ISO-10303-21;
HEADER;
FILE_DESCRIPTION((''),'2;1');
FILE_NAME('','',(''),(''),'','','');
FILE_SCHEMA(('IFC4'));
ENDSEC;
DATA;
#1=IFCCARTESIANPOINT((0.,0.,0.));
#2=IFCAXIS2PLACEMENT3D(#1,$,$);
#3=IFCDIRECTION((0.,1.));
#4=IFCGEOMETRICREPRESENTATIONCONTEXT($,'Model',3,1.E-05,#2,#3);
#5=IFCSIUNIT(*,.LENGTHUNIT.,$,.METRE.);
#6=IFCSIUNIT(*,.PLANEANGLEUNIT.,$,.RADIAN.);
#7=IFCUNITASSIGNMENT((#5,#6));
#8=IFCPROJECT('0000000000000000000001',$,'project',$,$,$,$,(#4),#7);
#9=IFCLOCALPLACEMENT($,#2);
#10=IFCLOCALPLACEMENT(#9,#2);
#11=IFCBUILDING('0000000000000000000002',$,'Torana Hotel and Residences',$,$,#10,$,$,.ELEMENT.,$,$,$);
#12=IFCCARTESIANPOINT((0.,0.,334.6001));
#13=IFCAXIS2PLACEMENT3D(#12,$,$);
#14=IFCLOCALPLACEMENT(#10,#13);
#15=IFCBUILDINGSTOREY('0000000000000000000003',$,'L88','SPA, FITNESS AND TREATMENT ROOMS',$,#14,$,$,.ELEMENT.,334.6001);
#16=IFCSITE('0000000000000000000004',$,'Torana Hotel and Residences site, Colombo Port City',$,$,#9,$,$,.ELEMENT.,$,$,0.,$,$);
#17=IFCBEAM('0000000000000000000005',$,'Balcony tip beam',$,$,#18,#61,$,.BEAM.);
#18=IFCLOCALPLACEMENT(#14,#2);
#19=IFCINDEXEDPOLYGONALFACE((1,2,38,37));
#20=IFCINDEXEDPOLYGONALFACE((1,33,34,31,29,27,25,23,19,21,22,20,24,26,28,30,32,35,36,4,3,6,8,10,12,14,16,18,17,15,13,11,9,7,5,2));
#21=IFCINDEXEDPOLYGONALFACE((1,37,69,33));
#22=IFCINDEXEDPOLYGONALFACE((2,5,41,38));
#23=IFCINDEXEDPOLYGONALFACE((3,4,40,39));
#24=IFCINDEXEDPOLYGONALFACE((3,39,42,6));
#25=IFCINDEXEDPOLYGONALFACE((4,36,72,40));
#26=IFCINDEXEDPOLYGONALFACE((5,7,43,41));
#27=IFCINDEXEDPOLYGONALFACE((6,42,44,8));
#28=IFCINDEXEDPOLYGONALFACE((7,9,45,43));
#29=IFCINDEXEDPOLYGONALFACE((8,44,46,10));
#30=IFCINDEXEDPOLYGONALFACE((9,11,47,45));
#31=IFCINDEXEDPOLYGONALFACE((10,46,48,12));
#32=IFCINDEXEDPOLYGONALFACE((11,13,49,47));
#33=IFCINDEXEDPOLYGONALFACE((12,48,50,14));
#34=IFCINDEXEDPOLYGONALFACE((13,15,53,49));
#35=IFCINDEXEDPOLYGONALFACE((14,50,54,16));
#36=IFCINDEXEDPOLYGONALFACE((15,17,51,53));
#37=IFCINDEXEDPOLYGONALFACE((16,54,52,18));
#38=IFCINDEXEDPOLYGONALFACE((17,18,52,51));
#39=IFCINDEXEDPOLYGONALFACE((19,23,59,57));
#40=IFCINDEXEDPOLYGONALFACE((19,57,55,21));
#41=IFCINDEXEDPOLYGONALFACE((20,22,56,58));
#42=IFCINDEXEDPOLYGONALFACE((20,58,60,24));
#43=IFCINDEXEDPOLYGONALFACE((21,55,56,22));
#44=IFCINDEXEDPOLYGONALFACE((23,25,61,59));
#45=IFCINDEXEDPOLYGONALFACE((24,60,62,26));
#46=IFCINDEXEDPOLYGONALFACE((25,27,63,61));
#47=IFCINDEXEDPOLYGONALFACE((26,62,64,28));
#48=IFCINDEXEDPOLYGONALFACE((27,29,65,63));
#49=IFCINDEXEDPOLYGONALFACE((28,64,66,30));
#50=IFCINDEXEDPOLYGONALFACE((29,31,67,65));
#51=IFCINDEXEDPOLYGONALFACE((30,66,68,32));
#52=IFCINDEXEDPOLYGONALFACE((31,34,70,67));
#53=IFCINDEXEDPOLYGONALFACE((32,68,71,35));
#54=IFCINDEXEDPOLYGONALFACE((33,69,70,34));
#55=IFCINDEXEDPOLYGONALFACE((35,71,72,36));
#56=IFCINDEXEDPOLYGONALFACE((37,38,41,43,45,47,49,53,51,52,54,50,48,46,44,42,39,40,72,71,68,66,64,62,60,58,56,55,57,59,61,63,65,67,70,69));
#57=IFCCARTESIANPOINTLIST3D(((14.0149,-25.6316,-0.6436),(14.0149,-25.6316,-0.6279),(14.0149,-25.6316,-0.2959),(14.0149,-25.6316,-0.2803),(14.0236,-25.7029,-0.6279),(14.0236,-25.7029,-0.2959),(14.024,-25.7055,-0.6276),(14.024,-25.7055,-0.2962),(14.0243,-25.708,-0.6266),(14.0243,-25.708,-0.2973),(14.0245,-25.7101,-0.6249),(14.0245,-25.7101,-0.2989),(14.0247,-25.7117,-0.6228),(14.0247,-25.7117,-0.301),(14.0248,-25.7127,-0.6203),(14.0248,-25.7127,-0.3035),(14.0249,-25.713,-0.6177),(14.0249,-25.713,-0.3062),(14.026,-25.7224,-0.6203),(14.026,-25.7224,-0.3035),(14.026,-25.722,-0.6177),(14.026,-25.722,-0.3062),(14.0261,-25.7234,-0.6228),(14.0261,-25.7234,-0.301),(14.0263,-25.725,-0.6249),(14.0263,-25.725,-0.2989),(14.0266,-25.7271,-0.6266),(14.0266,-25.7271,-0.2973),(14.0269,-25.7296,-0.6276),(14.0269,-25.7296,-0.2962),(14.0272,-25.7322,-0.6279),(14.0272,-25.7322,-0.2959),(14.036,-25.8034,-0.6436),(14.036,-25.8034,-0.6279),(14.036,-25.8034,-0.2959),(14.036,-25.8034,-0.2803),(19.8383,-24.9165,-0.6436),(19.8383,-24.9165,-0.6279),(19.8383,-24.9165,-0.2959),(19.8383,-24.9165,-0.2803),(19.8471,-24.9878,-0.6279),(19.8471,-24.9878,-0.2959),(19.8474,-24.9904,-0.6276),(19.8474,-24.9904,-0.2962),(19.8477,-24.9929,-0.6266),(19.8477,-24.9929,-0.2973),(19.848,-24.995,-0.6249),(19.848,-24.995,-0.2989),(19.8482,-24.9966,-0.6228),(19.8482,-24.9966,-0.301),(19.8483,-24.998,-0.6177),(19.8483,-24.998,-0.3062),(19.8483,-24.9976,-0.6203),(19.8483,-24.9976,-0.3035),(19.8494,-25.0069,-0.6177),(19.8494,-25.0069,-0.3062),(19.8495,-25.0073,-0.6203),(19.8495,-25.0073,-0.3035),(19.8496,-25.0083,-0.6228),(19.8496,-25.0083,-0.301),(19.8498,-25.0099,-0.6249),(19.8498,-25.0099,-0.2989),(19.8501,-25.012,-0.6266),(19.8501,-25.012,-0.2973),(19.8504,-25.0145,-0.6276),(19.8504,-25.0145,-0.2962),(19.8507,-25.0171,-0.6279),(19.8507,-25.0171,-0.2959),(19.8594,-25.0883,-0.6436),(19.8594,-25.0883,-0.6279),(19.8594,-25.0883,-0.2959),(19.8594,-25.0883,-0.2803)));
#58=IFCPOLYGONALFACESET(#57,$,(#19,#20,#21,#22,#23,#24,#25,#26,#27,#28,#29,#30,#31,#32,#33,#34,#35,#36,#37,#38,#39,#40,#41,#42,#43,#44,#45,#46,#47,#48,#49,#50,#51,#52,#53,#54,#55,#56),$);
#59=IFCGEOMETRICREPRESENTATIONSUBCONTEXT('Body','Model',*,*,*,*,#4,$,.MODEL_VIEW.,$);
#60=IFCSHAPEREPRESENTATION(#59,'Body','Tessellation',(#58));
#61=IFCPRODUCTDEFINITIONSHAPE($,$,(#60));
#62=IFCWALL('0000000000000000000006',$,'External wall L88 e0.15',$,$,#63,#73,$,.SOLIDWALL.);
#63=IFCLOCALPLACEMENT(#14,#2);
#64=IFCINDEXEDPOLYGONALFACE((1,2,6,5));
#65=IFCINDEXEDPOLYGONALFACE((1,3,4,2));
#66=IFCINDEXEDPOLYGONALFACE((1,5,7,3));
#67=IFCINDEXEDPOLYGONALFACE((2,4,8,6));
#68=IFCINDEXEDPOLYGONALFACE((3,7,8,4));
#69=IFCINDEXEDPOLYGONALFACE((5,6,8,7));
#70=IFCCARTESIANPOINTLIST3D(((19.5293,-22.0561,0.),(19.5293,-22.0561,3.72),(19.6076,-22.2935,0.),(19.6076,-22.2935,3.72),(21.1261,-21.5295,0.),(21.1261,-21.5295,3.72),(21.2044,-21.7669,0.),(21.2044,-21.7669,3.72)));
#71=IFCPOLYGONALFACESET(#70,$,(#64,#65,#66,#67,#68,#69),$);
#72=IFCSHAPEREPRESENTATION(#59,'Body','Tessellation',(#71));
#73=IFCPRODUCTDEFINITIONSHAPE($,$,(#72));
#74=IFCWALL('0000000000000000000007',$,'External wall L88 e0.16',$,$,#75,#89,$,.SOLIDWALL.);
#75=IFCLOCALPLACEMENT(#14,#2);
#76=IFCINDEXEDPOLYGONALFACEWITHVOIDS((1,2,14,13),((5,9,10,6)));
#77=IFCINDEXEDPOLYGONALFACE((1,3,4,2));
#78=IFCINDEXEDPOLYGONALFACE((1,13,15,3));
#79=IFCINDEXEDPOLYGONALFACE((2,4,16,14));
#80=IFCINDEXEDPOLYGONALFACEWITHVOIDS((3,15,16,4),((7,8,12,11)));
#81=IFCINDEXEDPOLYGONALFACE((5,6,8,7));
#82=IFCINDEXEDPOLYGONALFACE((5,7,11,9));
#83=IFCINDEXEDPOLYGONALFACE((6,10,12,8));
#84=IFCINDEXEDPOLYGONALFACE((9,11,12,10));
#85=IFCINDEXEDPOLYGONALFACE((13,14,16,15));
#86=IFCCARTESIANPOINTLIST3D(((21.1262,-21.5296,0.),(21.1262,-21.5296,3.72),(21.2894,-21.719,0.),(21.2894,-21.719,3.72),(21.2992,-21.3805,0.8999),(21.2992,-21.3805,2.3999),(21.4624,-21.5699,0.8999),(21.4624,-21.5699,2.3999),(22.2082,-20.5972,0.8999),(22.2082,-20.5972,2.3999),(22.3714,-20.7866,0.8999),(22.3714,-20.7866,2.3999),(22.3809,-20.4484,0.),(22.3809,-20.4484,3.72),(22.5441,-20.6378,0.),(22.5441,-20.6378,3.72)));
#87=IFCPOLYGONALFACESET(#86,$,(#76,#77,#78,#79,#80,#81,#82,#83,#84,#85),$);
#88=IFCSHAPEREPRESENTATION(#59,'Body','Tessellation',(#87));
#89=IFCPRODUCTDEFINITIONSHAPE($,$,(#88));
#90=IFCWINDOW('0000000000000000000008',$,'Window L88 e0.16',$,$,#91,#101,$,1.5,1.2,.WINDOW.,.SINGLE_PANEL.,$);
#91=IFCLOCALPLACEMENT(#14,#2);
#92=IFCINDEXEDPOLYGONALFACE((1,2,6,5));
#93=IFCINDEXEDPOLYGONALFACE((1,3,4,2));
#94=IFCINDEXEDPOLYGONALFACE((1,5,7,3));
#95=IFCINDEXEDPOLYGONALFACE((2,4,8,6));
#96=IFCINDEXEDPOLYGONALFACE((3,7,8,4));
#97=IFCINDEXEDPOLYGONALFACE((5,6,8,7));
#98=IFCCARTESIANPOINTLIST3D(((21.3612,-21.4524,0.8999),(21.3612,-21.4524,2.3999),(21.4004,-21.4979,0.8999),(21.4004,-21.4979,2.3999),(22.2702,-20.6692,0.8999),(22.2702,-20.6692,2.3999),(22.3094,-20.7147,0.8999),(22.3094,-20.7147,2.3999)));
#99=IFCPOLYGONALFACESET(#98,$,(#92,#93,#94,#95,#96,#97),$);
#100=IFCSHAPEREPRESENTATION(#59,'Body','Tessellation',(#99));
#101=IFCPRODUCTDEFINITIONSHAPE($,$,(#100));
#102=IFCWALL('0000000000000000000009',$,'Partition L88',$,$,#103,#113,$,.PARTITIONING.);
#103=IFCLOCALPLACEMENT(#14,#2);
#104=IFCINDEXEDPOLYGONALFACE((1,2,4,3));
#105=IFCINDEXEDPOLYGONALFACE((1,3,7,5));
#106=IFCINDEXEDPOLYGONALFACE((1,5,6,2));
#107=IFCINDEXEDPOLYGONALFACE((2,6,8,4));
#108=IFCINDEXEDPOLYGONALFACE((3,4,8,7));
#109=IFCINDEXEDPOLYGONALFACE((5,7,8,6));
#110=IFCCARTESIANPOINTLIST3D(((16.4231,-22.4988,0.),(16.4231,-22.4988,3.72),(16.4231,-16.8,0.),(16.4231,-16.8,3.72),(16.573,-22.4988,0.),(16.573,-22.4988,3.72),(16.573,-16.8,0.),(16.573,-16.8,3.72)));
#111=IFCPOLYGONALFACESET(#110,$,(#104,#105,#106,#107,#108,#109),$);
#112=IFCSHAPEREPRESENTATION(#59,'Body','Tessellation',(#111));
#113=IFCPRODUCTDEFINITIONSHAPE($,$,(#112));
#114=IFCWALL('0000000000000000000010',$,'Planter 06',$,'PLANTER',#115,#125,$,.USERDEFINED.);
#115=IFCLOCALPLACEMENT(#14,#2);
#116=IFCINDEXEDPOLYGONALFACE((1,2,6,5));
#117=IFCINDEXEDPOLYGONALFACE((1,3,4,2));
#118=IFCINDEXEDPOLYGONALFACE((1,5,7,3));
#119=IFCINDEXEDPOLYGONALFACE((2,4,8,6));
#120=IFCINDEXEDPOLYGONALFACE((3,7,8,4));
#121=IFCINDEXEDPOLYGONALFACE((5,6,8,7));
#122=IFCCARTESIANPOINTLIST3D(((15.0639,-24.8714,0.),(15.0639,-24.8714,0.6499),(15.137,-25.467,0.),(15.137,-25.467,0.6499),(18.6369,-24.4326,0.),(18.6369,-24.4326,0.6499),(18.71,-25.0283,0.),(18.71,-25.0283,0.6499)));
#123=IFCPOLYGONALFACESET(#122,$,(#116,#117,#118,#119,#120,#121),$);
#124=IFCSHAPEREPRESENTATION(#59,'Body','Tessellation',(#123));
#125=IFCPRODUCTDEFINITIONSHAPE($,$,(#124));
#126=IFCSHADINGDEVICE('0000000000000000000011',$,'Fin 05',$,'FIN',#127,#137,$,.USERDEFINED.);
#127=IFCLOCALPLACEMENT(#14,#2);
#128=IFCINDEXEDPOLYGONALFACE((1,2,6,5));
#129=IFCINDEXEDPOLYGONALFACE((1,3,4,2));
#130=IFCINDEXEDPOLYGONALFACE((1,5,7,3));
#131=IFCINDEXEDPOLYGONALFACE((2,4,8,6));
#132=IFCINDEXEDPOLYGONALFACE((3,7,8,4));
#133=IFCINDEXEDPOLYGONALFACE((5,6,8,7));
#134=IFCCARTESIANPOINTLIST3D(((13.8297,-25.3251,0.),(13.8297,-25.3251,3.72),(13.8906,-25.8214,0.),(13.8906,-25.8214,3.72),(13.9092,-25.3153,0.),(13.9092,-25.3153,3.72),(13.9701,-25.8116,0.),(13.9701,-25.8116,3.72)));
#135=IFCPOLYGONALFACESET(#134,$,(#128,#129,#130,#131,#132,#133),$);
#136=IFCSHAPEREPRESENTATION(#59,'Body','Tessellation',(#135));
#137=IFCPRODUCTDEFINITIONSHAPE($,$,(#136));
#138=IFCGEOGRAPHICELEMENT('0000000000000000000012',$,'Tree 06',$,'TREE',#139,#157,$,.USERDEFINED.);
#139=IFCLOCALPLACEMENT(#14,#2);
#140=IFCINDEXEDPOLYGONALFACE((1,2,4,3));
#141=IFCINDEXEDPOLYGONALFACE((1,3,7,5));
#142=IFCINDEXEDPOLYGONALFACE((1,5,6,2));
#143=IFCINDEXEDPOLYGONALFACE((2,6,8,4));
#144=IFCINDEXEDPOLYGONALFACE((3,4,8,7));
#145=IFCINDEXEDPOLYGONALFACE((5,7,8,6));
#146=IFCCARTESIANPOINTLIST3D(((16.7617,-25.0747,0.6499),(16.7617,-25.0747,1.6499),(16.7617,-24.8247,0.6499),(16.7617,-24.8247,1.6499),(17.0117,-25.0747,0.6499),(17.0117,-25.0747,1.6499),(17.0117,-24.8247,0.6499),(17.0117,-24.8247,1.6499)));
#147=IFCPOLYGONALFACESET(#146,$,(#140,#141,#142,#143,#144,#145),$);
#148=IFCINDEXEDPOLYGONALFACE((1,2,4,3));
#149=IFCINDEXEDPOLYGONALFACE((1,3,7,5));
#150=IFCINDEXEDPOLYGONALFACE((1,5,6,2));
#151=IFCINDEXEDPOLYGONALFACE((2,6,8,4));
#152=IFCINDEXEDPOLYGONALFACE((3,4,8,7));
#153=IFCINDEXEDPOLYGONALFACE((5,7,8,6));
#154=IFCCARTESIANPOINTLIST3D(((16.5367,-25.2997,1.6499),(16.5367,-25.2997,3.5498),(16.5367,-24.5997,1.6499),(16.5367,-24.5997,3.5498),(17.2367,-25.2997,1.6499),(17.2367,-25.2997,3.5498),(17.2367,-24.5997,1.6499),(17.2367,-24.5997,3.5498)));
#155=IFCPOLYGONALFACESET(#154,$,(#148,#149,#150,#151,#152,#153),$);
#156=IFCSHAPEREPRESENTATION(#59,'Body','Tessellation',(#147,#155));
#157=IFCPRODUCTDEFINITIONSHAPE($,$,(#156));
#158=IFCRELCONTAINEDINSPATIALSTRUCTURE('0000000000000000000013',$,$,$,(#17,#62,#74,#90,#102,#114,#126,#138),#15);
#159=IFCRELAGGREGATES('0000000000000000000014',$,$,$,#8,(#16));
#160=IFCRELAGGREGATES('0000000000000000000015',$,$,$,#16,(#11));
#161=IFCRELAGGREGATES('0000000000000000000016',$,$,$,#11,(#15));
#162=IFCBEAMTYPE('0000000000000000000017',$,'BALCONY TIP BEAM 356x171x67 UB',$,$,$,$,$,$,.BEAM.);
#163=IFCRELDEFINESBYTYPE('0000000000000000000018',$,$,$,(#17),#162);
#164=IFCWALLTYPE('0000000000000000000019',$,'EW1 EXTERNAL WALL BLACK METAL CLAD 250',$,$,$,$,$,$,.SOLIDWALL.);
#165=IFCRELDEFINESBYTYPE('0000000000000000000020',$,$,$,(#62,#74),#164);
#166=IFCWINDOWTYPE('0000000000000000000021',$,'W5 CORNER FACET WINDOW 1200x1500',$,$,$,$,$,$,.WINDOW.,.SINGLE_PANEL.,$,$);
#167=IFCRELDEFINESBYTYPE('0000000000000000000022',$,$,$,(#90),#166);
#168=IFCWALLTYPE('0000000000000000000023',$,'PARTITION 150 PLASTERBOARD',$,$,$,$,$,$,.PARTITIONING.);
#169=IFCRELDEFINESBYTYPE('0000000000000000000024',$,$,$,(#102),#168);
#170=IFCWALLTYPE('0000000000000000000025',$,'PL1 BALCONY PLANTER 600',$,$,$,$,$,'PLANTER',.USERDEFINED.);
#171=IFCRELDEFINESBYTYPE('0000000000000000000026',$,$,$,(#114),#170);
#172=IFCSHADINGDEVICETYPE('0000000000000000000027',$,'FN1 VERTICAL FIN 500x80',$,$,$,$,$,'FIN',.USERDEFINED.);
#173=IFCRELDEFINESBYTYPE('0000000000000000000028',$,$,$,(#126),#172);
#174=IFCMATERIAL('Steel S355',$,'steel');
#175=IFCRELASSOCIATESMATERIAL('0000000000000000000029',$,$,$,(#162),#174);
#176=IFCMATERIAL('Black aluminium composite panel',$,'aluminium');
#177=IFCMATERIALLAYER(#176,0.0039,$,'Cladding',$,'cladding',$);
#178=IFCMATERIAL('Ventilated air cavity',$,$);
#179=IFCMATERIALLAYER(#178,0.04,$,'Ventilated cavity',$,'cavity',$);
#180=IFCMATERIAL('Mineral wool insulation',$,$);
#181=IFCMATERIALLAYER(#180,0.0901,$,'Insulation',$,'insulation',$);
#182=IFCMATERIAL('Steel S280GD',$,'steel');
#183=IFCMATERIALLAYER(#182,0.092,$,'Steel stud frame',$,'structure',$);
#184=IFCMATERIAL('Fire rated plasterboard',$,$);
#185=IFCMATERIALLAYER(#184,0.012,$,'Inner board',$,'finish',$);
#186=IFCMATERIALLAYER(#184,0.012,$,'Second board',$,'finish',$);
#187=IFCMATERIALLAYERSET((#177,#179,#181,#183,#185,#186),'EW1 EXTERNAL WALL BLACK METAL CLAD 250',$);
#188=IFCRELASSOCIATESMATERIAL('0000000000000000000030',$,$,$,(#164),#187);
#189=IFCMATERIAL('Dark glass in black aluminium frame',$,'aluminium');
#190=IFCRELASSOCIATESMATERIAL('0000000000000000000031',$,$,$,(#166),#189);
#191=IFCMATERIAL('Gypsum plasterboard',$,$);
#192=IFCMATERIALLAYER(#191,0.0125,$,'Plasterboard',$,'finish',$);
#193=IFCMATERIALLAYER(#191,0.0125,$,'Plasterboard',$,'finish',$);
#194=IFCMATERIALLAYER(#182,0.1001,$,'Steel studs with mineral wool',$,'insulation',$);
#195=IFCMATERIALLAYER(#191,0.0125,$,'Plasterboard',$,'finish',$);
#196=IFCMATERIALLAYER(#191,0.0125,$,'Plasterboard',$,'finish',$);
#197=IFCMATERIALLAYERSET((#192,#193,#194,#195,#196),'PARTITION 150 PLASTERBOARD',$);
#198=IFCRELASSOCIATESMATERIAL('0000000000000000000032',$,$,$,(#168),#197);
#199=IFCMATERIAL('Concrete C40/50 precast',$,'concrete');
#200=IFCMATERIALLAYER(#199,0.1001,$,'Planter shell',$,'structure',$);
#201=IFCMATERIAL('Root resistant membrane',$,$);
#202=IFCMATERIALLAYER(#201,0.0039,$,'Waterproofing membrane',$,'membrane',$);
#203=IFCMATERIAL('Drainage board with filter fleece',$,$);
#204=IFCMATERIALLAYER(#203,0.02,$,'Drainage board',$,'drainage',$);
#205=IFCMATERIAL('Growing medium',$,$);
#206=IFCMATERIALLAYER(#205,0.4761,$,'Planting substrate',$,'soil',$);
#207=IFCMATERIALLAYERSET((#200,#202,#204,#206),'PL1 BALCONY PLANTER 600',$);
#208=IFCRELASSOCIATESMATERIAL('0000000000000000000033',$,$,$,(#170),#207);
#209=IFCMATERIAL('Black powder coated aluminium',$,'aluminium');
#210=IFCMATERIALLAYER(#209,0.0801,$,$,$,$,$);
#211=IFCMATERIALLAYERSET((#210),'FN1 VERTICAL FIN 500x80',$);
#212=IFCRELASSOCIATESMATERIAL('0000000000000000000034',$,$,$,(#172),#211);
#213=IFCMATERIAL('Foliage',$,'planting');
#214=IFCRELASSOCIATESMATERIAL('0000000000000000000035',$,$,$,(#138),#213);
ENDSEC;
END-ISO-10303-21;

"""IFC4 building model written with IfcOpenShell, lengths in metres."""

from ifc_helpers import new_model, si_unit, direction, frame, frame_2d, origin, origin_2d, place, context, subcontext, project, spatial, rectangle, i_section, extrude, material, layer, layer_set, material_profile, profile_set, type_object, element, fill, save


model = new_model("IFC4")

# Units and contexts
model_context = context("Model", 3, precision=1e-05, world=origin(), true_north=direction((0.0, 1.0)))
body_context = subcontext(model_context, "Body", "Model", "MODEL_VIEW")
ifc_project = project(units=[si_unit("LENGTHUNIT", "METRE"), si_unit("PLANEANGLEUNIT", "RADIAN")], contexts=[model_context])

# Site, building, storey
site_placement = place(None, origin())
site = spatial("IfcSite", under=ifc_project, at=site_placement, Name="Torana Hotel and Residences site, Colombo Port City", CompositionType="ELEMENT", RefElevation=0.0)
building_placement = place(site_placement, origin())
building = spatial("IfcBuilding", under=site, at=building_placement, Name="Torana Hotel and Residences", CompositionType="ELEMENT")
storey_placement = place(building_placement, frame((0.0, 0.0, 334.6001)))
storey = spatial("IfcBuildingStorey", under=building, at=storey_placement, Name="L88", Description="SPA, FITNESS AND TREATMENT ROOMS", CompositionType="ELEMENT", Elevation=334.6001)

# Beam
ifc_material_1 = material(Name="Steel S355", Category="steel")
ifc_material_profile_1 = material_profile(ifc_material_1, i_section(OverallWidth=0.1731, OverallDepth=0.3633, WebThickness=0.009, FlangeThickness=0.0156, FilletRadius=0.0103, at=origin_2d()), Name="356x171x67 UB")
ifc_profile_set_1 = profile_set([ifc_material_profile_1], Name="Steel S355")
beam_type_1 = type_object("IfcBeamType", Name="BALCONY TIP BEAM 356x171x67 UB", PredefinedType="BEAM", material=ifc_profile_set_1)
beam_1_placement = place(storey_placement, frame((19.8489, -25.0024, -0.4619), z_axis=(-0.992545, -0.121878, 0.0), x_axis=(0.121878, -0.992545, 0.0)))
element("IfcBeam", 1, at=beam_1_placement, inside=storey, type_object=beam_type_1, Name="Balcony tip beam", PredefinedType="BEAM", context=body_context, shape_type="SweptSolid", body=[
    extrude(i_section(OverallWidth=0.1731, OverallDepth=0.3633, WebThickness=0.009, FlangeThickness=0.0156, FilletRadius=0.0103, at=origin_2d()), origin(), (0.0, 0.0, 1.0), 5.8672),
])

# Wall
ifc_material_2 = material(Name="Black aluminium composite panel", Category="aluminium")
ifc_layer_1 = layer(ifc_material_2, 0.0039, Name="Cladding", Category="cladding")
ifc_material_3 = material(Name="Ventilated air cavity")
ifc_layer_2 = layer(ifc_material_3, 0.04, Name="Ventilated cavity", Category="cavity")
ifc_material_4 = material(Name="Mineral wool insulation")
ifc_layer_3 = layer(ifc_material_4, 0.0901, Name="Insulation", Category="insulation")
ifc_material_5 = material(Name="Steel S280GD", Category="steel")
ifc_layer_4 = layer(ifc_material_5, 0.092, Name="Steel stud frame", Category="structure")
ifc_material_6 = material(Name="Fire rated plasterboard")
ifc_layer_5 = layer(ifc_material_6, 0.012, Name="Inner board", Category="finish")
ifc_layer_6 = layer(ifc_material_6, 0.012, Name="Second board", Category="finish")
ifc_layer_set_1 = layer_set([ifc_layer_1, ifc_layer_2, ifc_layer_3, ifc_layer_4, ifc_layer_5, ifc_layer_6], Name="EW1 EXTERNAL WALL BLACK METAL CLAD 250")
wall_type_1 = type_object("IfcWallType", Name="EW1 EXTERNAL WALL BLACK METAL CLAD 250", PredefinedType="SOLIDWALL", material=ifc_layer_set_1)
wall_1_placement = place(storey_placement, frame((19.5684, -22.1748, 0.0), z_axis=(0.0, 0.0, 1.0), x_axis=(0.949695, 0.313177, 0.0)))
element("IfcWall", 2, at=wall_1_placement, inside=storey, type_object=wall_type_1, Name="External wall L88 e0.15", PredefinedType="SOLIDWALL", context=body_context, shape_type="SweptSolid", body=[
    extrude(rectangle(XDim=1.6814, YDim=0.25, at=frame_2d((0.8408, 0.0))), origin(), (0.0, 0.0, 1.0), 3.72),
])

# Wall, opening, window
wall_2_placement = place(storey_placement, frame((21.2078, -21.6243, 0.0), z_axis=(0.0, 0.0, 1.0), x_axis=(0.757568, 0.652756, 0.0)))
wall_2 = element("IfcWall", 3, at=wall_2_placement, inside=storey, type_object=wall_type_1, Name="External wall L88 e0.16", PredefinedType="SOLIDWALL", context=body_context, shape_type="SweptSolid", body=[
    extrude(rectangle(XDim=1.6562, YDim=0.25, at=frame_2d((0.8281, 0.0))), origin(), (0.0, 0.0, 1.0), 3.72),
])
opening_placement = place(wall_2_placement, frame((0.2283, 0.0, 0.8999)))
opening = element("IfcOpeningElement", 4, at=opening_placement, cuts=wall_2, PredefinedType="OPENING", context=body_context, shape_type="SweptSolid", body=[
    extrude(rectangle(XDim=1.2, YDim=1.5, at=frame_2d((0.6001, 0.75))), frame((0.0, 0.135, 0.0), z_axis=(0.0, -1.0, 0.0), x_axis=(1.0, 0.0, 0.0)), (0.0, 0.0, 1.0), 0.27),
])
ifc_material_7 = material(Name="Dark glass in black aluminium frame", Category="aluminium")
window_type = type_object("IfcWindowType", Name="W5 CORNER FACET WINDOW 1200x1500", PartitioningType="SINGLE_PANEL", PredefinedType="WINDOW", material=ifc_material_7)
window_placement = place(opening_placement, origin())
window = element("IfcWindow", 5, at=window_placement, inside=storey, type_object=window_type, Name="Window L88 e0.16", OverallHeight=1.5, OverallWidth=1.2, PartitioningType="SINGLE_PANEL", PredefinedType="WINDOW", context=body_context, shape_type="SweptSolid", body=[
    extrude(rectangle(XDim=1.2, YDim=1.5, at=frame_2d((0.6001, 0.75))), frame((0.0, 0.03, 0.0), z_axis=(0.0, -1.0, 0.0), x_axis=(1.0, 0.0, 0.0)), (0.0, 0.0, 1.0), 0.0601),
])
fill(opening, window)

# Walls
ifc_material_8 = material(Name="Gypsum plasterboard")
ifc_layer_7 = layer(ifc_material_8, 0.0125, Name="Plasterboard", Category="finish")
ifc_layer_8 = layer(ifc_material_8, 0.0125, Name="Plasterboard", Category="finish")
ifc_layer_9 = layer(ifc_material_5, 0.1001, Name="Steel studs with mineral wool", Category="insulation")
ifc_layer_10 = layer(ifc_material_8, 0.0125, Name="Plasterboard", Category="finish")
ifc_layer_11 = layer(ifc_material_8, 0.0125, Name="Plasterboard", Category="finish")
ifc_layer_set_2 = layer_set([ifc_layer_7, ifc_layer_8, ifc_layer_9, ifc_layer_10, ifc_layer_11], Name="PARTITION 150 PLASTERBOARD")
wall_type_2 = type_object("IfcWallType", Name="PARTITION 150 PLASTERBOARD", PredefinedType="PARTITIONING", material=ifc_layer_set_2)
wall_3_placement = place(storey_placement, frame((16.498, -22.4988, 0.0), z_axis=(0.0, 0.0, 1.0), x_axis=(0.0, 1.0, 0.0)))
element("IfcWall", 6, at=wall_3_placement, inside=storey, type_object=wall_type_2, Name="Partition L88", PredefinedType="PARTITIONING", context=body_context, shape_type="SweptSolid", body=[
    extrude(rectangle(XDim=5.6987, YDim=0.1499, at=frame_2d((2.8494, 0.0))), origin(), (0.0, 0.0, 1.0), 3.72),
])
ifc_material_9 = material(Name="Concrete C40/50 precast", Category="concrete")
ifc_layer_12 = layer(ifc_material_9, 0.1001, Name="Planter shell", Category="structure")
ifc_material_10 = material(Name="Root resistant membrane")
ifc_layer_13 = layer(ifc_material_10, 0.0039, Name="Waterproofing membrane", Category="membrane")
ifc_material_11 = material(Name="Drainage board with filter fleece")
ifc_layer_14 = layer(ifc_material_11, 0.02, Name="Drainage board", Category="drainage")
ifc_material_12 = material(Name="Growing medium")
ifc_layer_15 = layer(ifc_material_12, 0.4761, Name="Planting substrate", Category="soil")
ifc_layer_set_3 = layer_set([ifc_layer_12, ifc_layer_13, ifc_layer_14, ifc_layer_15], Name="PL1 BALCONY PLANTER 600")
wall_type_3 = type_object("IfcWallType", Name="PL1 BALCONY PLANTER 600", ElementType="PLANTER", PredefinedType="USERDEFINED", material=ifc_layer_set_3)
wall_4_placement = place(storey_placement, frame((18.6733, -24.7305, 0.0), z_axis=(0.0, 0.0, 1.0), x_axis=(-0.992546, -0.121873, 0.0)))
element("IfcWall", 7, at=wall_4_placement, inside=storey, type_object=wall_type_3, Name="Planter 06", ObjectType="PLANTER", PredefinedType="USERDEFINED", context=body_context, shape_type="SweptSolid", body=[
    extrude(rectangle(XDim=3.5999, YDim=0.6001, at=frame_2d((1.7998, 0.0))), origin(), (0.0, 0.0, 1.0), 0.6499),
])

# Shading device
ifc_material_13 = material(Name="Black powder coated aluminium", Category="aluminium")
ifc_layer_16 = layer(ifc_material_13, 0.0801)
ifc_layer_set_4 = layer_set([ifc_layer_16], Name="FN1 VERTICAL FIN 500x80")
shading_device_type = type_object("IfcShadingDeviceType", Name="FN1 VERTICAL FIN 500x80", ElementType="FIN", PredefinedType="USERDEFINED", material=ifc_layer_set_4)
shading_device_placement = place(storey_placement, frame((13.8999, -25.5684, 0.0), z_axis=(0.0, 0.0, 1.0), x_axis=(-0.992547, -0.121866, 0.0)))
element("IfcShadingDevice", 8, at=shading_device_placement, inside=storey, type_object=shading_device_type, Name="Fin 05", ObjectType="FIN", PredefinedType="USERDEFINED", context=body_context, shape_type="SweptSolid", body=[
    extrude(rectangle(XDim=0.0801, YDim=0.5, at=origin_2d()), origin(), (0.0, 0.0, 1.0), 3.72),
])

# Geographic element
ifc_material_14 = material(Name="Foliage", Category="planting")
geographic_element_placement = place(storey_placement, frame((16.8867, -24.9497, 0.6499), z_axis=(0.0, 0.0, 1.0), x_axis=(1.0, 0.0, 0.0)))
element("IfcGeographicElement", 9, at=geographic_element_placement, inside=storey, material=ifc_material_14, Name="Tree 06", ObjectType="TREE", PredefinedType="USERDEFINED", context=body_context, shape_type="SweptSolid", body=[
    extrude(rectangle(XDim=0.25, YDim=0.25, at=origin_2d()), origin(), (0.0, 0.0, 1.0), 1.0),
    extrude(rectangle(XDim=0.7, YDim=0.7, at=origin_2d()), frame((0.0, 0.0, 1.0)), (0.0, 0.0, 1.0), 1.8999),
])

save(model, "model.ifc")
